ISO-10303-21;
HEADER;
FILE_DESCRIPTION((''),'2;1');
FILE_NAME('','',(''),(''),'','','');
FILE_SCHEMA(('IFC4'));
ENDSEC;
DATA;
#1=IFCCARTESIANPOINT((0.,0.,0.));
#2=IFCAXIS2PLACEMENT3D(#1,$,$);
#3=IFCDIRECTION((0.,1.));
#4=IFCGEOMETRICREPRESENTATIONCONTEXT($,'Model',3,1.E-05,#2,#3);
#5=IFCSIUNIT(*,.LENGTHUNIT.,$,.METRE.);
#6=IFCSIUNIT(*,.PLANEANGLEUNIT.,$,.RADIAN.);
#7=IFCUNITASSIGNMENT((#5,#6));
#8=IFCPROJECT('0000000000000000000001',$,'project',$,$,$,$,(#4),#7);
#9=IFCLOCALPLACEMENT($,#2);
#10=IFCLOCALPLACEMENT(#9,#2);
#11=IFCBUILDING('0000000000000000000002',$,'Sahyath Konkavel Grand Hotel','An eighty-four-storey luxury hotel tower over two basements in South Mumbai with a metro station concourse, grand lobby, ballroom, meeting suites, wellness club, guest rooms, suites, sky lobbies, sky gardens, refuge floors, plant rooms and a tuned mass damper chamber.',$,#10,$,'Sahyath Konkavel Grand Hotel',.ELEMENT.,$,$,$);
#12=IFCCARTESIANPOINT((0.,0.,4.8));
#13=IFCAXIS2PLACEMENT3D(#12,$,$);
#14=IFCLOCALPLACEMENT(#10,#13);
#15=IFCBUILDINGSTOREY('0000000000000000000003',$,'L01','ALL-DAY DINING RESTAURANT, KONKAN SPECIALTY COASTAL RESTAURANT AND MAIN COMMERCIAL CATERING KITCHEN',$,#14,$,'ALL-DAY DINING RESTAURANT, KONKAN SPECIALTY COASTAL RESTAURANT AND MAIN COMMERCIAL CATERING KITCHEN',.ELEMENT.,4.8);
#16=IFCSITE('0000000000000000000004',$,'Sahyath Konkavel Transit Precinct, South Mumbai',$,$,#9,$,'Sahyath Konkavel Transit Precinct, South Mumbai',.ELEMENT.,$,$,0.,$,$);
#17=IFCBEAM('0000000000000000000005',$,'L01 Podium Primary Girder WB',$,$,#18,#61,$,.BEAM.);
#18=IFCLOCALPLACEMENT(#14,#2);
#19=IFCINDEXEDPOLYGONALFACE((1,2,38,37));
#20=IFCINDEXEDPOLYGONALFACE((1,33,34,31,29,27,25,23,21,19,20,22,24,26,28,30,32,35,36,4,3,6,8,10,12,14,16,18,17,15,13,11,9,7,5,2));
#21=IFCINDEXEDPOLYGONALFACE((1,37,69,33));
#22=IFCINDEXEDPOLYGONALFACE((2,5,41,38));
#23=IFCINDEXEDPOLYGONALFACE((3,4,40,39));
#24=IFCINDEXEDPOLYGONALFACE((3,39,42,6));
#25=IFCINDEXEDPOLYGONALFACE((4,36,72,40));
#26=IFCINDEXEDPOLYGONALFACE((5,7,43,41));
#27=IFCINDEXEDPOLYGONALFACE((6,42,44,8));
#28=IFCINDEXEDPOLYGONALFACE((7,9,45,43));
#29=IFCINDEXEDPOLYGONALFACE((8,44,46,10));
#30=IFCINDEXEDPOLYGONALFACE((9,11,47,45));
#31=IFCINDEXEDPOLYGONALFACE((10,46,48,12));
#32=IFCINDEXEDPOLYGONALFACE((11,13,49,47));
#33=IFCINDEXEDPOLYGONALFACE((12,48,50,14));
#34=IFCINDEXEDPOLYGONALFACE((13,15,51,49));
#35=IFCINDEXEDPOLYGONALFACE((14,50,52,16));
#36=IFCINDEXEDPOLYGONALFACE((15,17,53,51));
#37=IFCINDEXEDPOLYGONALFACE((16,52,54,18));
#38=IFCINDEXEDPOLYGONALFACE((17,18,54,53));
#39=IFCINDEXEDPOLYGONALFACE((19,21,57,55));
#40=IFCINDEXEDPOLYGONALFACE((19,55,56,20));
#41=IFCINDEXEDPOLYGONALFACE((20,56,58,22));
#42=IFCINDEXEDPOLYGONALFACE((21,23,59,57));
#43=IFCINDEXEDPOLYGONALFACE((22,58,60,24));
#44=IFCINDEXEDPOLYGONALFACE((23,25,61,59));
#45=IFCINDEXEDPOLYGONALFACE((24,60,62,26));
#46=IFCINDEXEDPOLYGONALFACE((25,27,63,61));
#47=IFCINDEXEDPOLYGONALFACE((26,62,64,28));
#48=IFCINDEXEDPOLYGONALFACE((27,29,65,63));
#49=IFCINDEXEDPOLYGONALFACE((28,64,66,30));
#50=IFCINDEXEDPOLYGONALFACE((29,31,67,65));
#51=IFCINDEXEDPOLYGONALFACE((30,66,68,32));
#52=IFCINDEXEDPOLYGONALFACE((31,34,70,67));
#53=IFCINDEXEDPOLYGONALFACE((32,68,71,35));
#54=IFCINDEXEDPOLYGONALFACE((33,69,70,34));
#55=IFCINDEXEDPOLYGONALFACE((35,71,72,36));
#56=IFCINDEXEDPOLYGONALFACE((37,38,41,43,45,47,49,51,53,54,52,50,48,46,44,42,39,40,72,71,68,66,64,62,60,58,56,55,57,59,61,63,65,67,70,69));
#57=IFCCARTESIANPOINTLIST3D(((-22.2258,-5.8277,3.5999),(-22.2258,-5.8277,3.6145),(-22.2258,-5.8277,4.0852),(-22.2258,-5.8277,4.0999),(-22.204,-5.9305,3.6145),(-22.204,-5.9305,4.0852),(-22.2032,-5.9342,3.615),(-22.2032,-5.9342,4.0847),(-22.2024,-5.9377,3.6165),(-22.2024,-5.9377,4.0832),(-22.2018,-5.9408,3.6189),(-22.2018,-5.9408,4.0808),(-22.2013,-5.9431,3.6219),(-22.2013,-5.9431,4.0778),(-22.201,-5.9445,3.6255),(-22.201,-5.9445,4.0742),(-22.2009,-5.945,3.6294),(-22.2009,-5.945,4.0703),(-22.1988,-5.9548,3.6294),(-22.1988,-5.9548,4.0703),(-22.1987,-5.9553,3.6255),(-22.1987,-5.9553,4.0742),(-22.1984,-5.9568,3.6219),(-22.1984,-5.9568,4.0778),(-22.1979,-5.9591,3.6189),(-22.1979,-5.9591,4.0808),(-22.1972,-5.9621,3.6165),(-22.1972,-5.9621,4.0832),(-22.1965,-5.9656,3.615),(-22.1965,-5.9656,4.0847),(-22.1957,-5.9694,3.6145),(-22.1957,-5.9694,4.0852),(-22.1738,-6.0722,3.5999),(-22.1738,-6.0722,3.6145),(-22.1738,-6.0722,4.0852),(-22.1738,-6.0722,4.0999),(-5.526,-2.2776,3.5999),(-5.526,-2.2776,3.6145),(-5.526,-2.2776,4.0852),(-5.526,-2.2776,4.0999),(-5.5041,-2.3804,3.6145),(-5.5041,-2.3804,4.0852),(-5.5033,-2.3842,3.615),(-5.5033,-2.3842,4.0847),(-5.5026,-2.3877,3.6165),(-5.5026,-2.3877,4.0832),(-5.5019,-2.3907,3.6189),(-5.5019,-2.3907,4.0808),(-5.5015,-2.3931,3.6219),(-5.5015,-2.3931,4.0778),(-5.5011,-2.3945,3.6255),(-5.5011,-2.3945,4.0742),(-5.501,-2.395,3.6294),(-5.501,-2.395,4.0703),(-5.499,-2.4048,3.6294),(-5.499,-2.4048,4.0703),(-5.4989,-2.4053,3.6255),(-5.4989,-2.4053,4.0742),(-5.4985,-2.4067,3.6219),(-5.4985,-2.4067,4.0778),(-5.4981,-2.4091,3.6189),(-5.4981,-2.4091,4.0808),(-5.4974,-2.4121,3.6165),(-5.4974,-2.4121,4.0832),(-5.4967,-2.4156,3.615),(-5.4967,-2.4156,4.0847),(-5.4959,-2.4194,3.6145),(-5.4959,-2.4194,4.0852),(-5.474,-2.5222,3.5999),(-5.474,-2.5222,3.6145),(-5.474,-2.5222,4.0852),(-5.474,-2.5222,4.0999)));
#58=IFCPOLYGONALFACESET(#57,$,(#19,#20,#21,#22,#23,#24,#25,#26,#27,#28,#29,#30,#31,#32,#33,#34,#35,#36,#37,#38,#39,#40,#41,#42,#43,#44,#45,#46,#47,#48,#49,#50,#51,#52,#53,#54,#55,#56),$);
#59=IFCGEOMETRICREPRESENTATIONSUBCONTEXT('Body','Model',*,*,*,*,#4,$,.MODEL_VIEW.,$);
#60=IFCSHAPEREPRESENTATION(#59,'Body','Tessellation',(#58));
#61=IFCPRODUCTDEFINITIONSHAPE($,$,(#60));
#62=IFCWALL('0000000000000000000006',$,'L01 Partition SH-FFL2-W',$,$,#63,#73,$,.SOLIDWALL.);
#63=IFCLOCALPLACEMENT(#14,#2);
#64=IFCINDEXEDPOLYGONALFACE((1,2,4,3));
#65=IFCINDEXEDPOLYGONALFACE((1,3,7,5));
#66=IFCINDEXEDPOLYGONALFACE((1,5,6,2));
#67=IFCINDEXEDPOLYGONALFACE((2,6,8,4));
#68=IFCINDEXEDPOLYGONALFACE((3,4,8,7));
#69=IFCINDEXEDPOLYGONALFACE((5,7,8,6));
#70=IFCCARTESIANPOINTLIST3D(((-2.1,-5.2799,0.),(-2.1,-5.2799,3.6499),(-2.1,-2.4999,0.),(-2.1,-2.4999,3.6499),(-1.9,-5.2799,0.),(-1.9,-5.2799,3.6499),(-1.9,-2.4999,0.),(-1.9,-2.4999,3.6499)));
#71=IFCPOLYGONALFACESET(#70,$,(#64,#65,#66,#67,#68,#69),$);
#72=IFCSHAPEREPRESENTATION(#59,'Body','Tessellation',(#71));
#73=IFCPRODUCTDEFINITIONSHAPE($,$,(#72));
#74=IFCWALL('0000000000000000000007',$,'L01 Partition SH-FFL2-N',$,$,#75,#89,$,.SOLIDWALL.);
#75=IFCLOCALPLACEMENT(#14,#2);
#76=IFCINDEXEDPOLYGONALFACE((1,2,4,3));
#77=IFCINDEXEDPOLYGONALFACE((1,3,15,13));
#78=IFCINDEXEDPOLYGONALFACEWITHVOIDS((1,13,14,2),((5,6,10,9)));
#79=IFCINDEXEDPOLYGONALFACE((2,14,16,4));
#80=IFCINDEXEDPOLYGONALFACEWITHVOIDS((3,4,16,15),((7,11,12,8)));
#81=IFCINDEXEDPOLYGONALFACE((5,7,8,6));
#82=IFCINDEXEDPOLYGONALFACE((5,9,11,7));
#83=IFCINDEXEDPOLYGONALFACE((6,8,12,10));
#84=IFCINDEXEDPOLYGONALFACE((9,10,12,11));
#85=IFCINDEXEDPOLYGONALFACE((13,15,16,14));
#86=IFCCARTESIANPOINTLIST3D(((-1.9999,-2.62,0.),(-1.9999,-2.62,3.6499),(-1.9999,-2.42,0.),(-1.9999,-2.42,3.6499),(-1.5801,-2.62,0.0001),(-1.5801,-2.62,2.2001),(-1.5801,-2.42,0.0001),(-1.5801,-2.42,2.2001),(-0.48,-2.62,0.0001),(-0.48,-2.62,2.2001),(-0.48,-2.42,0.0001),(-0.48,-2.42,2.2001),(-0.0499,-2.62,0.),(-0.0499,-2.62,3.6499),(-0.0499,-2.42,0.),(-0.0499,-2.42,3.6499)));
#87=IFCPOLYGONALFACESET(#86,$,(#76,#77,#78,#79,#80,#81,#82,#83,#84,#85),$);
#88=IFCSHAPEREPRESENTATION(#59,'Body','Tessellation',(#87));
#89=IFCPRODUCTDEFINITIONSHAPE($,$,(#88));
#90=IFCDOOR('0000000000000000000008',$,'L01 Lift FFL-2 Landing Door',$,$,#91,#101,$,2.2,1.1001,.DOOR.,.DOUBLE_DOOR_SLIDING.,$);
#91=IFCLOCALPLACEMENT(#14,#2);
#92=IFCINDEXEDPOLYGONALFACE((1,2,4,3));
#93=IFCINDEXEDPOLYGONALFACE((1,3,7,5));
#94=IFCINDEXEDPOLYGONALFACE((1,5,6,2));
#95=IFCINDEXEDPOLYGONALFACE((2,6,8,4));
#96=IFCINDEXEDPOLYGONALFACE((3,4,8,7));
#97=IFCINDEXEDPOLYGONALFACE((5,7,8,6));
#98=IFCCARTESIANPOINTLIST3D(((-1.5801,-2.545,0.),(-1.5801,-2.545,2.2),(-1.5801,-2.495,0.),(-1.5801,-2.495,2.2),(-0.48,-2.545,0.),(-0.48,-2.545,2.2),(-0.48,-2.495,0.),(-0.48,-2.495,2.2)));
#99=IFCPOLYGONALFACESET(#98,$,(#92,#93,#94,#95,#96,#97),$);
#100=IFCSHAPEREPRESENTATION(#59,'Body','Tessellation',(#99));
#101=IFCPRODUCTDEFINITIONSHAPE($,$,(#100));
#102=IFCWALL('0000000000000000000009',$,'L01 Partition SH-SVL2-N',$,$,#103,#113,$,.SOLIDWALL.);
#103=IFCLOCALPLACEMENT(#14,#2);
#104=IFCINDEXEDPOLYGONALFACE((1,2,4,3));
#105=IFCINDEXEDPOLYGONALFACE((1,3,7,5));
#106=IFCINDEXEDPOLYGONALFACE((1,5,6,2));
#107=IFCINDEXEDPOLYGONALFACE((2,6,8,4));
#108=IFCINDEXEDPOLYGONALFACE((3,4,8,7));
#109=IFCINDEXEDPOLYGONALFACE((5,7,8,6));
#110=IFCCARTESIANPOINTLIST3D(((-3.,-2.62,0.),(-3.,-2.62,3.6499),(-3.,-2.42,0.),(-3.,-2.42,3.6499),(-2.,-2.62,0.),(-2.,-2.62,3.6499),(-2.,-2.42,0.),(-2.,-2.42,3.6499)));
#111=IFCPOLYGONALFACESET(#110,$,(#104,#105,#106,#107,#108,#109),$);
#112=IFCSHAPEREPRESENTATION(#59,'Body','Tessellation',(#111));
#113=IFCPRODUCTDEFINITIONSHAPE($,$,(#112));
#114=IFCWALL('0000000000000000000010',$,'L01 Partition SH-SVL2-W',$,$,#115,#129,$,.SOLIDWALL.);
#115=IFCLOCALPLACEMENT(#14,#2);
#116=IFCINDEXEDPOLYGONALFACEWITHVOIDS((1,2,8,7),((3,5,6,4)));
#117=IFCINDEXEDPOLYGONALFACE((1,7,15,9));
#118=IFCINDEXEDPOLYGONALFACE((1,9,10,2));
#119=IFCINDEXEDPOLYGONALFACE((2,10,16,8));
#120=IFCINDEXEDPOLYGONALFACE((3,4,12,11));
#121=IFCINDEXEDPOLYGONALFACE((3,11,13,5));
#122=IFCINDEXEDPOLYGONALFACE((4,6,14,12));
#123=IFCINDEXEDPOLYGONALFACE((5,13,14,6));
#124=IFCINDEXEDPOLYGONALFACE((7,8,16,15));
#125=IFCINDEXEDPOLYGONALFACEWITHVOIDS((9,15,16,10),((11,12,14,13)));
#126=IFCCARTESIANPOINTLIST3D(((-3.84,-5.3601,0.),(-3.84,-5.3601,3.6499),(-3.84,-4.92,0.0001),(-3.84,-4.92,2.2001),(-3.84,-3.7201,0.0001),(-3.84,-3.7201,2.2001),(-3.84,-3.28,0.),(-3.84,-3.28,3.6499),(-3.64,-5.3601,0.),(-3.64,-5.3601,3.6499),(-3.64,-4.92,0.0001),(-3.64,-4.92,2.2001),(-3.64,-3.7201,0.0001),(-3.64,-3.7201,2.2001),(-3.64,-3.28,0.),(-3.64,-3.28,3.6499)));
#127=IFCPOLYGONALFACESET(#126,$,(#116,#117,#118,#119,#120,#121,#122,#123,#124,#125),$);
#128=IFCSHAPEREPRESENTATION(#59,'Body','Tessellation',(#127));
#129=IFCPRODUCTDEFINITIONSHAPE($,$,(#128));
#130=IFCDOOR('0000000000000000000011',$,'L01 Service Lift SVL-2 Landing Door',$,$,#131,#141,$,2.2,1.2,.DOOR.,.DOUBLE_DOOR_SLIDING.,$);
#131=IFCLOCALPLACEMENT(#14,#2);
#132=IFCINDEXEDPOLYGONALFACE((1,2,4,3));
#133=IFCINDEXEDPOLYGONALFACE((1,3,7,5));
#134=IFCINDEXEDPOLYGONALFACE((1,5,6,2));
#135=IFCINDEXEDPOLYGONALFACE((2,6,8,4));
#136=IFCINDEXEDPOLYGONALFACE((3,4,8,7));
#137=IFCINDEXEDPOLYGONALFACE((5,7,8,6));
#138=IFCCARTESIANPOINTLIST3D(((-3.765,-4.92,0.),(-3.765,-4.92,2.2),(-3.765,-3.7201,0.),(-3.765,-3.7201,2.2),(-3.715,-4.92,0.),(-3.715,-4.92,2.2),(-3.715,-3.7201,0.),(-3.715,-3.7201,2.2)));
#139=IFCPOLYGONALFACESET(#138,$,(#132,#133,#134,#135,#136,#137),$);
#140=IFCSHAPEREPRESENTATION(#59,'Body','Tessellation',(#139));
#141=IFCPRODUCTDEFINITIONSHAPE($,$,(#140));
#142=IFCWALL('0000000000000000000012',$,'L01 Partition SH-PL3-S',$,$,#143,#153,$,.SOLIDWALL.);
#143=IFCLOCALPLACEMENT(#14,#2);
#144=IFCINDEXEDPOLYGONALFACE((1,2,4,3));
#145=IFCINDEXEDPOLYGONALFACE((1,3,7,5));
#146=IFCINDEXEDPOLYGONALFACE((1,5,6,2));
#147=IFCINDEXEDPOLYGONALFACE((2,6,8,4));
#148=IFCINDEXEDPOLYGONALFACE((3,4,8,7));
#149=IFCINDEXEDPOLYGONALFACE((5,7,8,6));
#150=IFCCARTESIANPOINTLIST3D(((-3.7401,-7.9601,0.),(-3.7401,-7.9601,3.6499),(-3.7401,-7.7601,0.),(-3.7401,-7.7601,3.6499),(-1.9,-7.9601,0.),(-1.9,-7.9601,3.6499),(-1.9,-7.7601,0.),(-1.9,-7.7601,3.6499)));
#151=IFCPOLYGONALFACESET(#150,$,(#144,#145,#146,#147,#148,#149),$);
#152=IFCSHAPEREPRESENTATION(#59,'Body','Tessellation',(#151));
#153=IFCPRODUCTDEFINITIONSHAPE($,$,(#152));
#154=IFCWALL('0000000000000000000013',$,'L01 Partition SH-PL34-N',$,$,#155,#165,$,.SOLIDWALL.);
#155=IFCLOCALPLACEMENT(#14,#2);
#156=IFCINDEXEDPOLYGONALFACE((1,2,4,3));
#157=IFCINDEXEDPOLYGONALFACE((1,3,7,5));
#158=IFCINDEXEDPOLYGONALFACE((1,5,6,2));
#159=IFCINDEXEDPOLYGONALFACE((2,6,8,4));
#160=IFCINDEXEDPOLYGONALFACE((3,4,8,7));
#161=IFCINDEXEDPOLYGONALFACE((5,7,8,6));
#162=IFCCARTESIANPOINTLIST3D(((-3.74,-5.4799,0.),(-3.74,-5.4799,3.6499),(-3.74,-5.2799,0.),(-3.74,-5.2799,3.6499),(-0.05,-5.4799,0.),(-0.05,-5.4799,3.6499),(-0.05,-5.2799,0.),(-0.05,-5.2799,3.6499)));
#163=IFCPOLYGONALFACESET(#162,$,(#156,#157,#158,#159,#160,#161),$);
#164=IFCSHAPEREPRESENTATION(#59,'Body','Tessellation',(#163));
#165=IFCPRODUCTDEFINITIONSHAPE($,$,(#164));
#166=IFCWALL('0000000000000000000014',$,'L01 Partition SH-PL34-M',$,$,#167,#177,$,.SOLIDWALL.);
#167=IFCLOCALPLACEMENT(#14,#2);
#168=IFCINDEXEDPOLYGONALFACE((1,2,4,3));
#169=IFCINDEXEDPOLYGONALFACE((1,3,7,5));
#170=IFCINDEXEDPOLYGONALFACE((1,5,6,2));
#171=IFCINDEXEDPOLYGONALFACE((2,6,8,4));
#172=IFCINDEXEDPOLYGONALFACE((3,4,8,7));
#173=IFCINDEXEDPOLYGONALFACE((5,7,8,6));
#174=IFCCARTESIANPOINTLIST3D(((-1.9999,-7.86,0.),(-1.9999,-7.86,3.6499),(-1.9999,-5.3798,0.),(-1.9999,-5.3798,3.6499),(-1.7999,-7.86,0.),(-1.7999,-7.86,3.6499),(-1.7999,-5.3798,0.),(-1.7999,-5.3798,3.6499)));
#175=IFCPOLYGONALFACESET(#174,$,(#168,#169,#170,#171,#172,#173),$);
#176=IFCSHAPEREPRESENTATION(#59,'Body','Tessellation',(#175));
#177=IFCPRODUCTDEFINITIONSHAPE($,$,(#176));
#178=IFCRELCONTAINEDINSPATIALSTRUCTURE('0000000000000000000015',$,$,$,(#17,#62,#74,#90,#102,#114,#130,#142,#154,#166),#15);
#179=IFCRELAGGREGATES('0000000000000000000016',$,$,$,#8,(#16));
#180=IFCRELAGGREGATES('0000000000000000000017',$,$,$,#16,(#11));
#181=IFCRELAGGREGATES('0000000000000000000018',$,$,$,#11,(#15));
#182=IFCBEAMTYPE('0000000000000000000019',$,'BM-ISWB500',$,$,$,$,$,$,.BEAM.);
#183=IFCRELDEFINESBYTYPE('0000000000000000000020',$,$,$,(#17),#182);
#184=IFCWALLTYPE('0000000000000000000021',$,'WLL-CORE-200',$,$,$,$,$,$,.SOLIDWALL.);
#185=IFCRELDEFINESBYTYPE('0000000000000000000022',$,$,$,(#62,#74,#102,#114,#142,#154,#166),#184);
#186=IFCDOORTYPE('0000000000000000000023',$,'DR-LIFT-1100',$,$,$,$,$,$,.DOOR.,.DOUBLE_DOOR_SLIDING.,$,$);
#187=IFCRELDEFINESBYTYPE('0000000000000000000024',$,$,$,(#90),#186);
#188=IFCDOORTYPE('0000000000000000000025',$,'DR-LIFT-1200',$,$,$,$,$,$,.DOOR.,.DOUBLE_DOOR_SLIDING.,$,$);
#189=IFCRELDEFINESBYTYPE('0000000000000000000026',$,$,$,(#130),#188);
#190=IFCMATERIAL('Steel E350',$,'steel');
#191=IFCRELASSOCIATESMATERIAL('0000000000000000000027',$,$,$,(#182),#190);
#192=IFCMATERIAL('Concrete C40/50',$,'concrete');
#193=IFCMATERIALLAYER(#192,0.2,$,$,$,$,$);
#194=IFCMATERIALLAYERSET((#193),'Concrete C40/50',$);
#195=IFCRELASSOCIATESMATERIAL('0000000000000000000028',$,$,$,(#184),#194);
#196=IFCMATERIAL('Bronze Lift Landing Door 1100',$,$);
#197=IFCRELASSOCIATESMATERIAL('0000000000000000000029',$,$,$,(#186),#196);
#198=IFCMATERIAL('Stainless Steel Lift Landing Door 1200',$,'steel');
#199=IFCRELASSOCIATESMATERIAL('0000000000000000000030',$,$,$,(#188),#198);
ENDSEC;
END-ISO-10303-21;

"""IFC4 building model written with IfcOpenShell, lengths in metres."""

from ifc_helpers import new_model, si_unit, direction, frame, frame_2d, origin, origin_2d, place, context, subcontext, project, spatial, rectangle, i_section, extrude, source, transform, mapped, material, layer, layer_set, material_profile, profile_set, type_object, element, fill, save


model = new_model("IFC4")

# Units and contexts
model_context = context("Model", 3, precision=1e-05, world=origin(), true_north=direction((0.0, 1.0)))
body_context = subcontext(model_context, "Body", "Model", "MODEL_VIEW")
ifc_project = project(units=[si_unit("LENGTHUNIT", "METRE"), si_unit("PLANEANGLEUNIT", "RADIAN")], contexts=[model_context])

# Site, building, storey
site_placement = place(None, origin())
site = spatial("IfcSite", under=ifc_project, at=site_placement, Name="Sahyath Konkavel Transit Precinct, South Mumbai", LongName="Sahyath Konkavel Transit Precinct, South Mumbai", CompositionType="ELEMENT", RefElevation=0.0)
building_placement = place(site_placement, origin())
building = spatial("IfcBuilding", under=site, at=building_placement, Name="Sahyath Konkavel Grand Hotel", Description="An eighty-four-storey luxury hotel tower over two basements in South Mumbai with a metro station concourse, grand lobby, ballroom, meeting suites, wellness club, guest rooms, suites, sky lobbies, sky gardens, refuge floors, plant rooms and a tuned mass damper chamber.", LongName="Sahyath Konkavel Grand Hotel", CompositionType="ELEMENT")
storey_placement = place(building_placement, frame((0.0, 0.0, 4.8)))
storey = spatial("IfcBuildingStorey", under=building, at=storey_placement, Name="L01", Description="ALL-DAY DINING RESTAURANT, KONKAN SPECIALTY COASTAL RESTAURANT AND MAIN COMMERCIAL CATERING KITCHEN", LongName="ALL-DAY DINING RESTAURANT, KONKAN SPECIALTY COASTAL RESTAURANT AND MAIN COMMERCIAL CATERING KITCHEN", CompositionType="ELEMENT", Elevation=4.8)

# Beam
ifc_material_1 = material(Name="Steel E350", Category="steel")
ifc_material_profile_1 = material_profile(ifc_material_1, i_section(OverallWidth=0.25, OverallDepth=0.5, WebThickness=0.01, FlangeThickness=0.0146, FilletRadius=0.0149, at=origin_2d()), Name="ISWB 500")
ifc_profile_set_1 = profile_set([ifc_material_profile_1], Name="Steel E350")
beam_type_1 = type_object("IfcBeamType", Name="BM-ISWB500", PredefinedType="BEAM", material=ifc_profile_set_1)
shared_shape_1 = source(origin(), body_context, "Body", "SweptSolid", [
    extrude(i_section(OverallWidth=0.25, OverallDepth=0.5, WebThickness=0.01, FlangeThickness=0.0146, FilletRadius=0.0149, at=origin_2d()), origin(), (0.0, 0.0, 1.0), 17.073),
])
beam_1_placement = place(storey_placement, frame((-5.5, -2.3999, 3.8499), z_axis=(-0.978143, -0.207932, 0.0), x_axis=(0.207932, -0.978143, 0.0)))
element("IfcBeam", 1, at=beam_1_placement, inside=storey, type_object=beam_type_1, Name="L01 Podium Primary Girder WB", PredefinedType="BEAM", context=body_context, shape_type="MappedRepresentation", body=[
    mapped(shared_shape_1, transform((0.0, 0.0, 0.0), scale=1.0)),
])

# Wall
ifc_material_2 = material(Name="Concrete C40/50", Category="concrete")
ifc_layer = layer(ifc_material_2, 0.2)
ifc_layer_set = layer_set([ifc_layer], Name="Concrete C40/50")
wall_type = type_object("IfcWallType", Name="WLL-CORE-200", PredefinedType="SOLIDWALL", material=ifc_layer_set)
wall_1_placement = place(storey_placement, frame((-2.0, -5.28, 0.0), z_axis=(0.0, 0.0, 1.0), x_axis=(0.0, 1.0, 0.0)))
element("IfcWall", 2, at=wall_1_placement, inside=storey, type_object=wall_type, Name="L01 Partition SH-FFL2-W", PredefinedType="SOLIDWALL", context=body_context, shape_type="SweptSolid", body=[
    extrude(rectangle(XDim=2.78, YDim=0.2, at=frame_2d((1.3901, 0.0))), origin(), (0.0, 0.0, 1.0), 3.6499),
])

# Wall, opening, door
wall_2_placement = place(storey_placement, frame((-2.0, -2.52, 0.0), z_axis=(0.0, 0.0, 1.0), x_axis=(1.0, 0.0, 0.0)))
wall_2 = element("IfcWall", 3, at=wall_2_placement, inside=storey, type_object=wall_type, Name="L01 Partition SH-FFL2-N", PredefinedType="SOLIDWALL", context=body_context, shape_type="SweptSolid", body=[
    extrude(rectangle(XDim=1.95, YDim=0.2, at=frame_2d((0.9751, 0.0))), origin(), (0.0, 0.0, 1.0), 3.6499),
])
opening_1_placement = place(wall_2_placement, frame((0.4199, 0.0, 0.0)))
opening_1 = element("IfcOpeningElement", 4, at=opening_1_placement, cuts=wall_2, PredefinedType="OPENING", context=body_context, shape_type="SweptSolid", body=[
    extrude(rectangle(XDim=1.1001, YDim=2.2, at=frame_2d((0.55, 1.1001))), frame((0.0, 0.1099, 0.0), z_axis=(0.0, -1.0, 0.0), x_axis=(1.0, 0.0, 0.0)), (0.0, 0.0, 1.0), 0.22),
])
ifc_material_3 = material(Name="Bronze Lift Landing Door 1100")
door_type_1 = type_object("IfcDoorType", Name="DR-LIFT-1100", OperationType="DOUBLE_DOOR_SLIDING", PredefinedType="DOOR", material=ifc_material_3)
shared_shape_2 = source(origin(), body_context, "Body", "SweptSolid", [
    extrude(rectangle(XDim=1.1001, YDim=0.05, at=origin_2d()), origin(), (0.0, 0.0, 1.0), 2.2),
])
door_1_placement = place(opening_1_placement, frame((0.55, 0.0, 0.0)))
door_1 = element("IfcDoor", 5, at=door_1_placement, inside=storey, type_object=door_type_1, Name="L01 Lift FFL-2 Landing Door", OperationType="DOUBLE_DOOR_SLIDING", OverallHeight=2.2, OverallWidth=1.1001, PredefinedType="DOOR", context=body_context, shape_type="MappedRepresentation", body=[
    mapped(shared_shape_2, transform((0.0, 0.0, 0.0), scale=1.0)),
])
fill(opening_1, door_1)

# Wall
wall_3_placement = place(storey_placement, frame((-3.0, -2.52, 0.0), z_axis=(0.0, 0.0, 1.0), x_axis=(1.0, 0.0, 0.0)))
element("IfcWall", 6, at=wall_3_placement, inside=storey, type_object=wall_type, Name="L01 Partition SH-SVL2-N", PredefinedType="SOLIDWALL", context=body_context, shape_type="SweptSolid", body=[
    extrude(rectangle(XDim=1.0, YDim=0.2, at=frame_2d((0.5, 0.0))), origin(), (0.0, 0.0, 1.0), 3.6499),
])

# Wall, opening, door
wall_4_placement = place(storey_placement, frame((-3.74, -5.3601, 0.0), z_axis=(0.0, 0.0, 1.0), x_axis=(0.0, 1.0, 0.0)))
wall_4 = element("IfcWall", 7, at=wall_4_placement, inside=storey, type_object=wall_type, Name="L01 Partition SH-SVL2-W", PredefinedType="SOLIDWALL", context=body_context, shape_type="SweptSolid", body=[
    extrude(rectangle(XDim=2.0801, YDim=0.2, at=frame_2d((1.04, 0.0))), origin(), (0.0, 0.0, 1.0), 3.6499),
])
opening_2_placement = place(wall_4_placement, frame((0.4399, 0.0, 0.0)))
opening_2 = element("IfcOpeningElement", 8, at=opening_2_placement, cuts=wall_4, PredefinedType="OPENING", context=body_context, shape_type="SweptSolid", body=[
    extrude(rectangle(XDim=1.2, YDim=2.2, at=frame_2d((0.6001, 1.1001))), frame((0.0, 0.1099, 0.0), z_axis=(0.0, -1.0, 0.0), x_axis=(1.0, 0.0, 0.0)), (0.0, 0.0, 1.0), 0.22),
])
ifc_material_4 = material(Name="Stainless Steel Lift Landing Door 1200", Category="steel")
door_type_2 = type_object("IfcDoorType", Name="DR-LIFT-1200", OperationType="DOUBLE_DOOR_SLIDING", PredefinedType="DOOR", material=ifc_material_4)
shared_shape_3 = source(origin(), body_context, "Body", "SweptSolid", [
    extrude(rectangle(XDim=1.2, YDim=0.05, at=origin_2d()), origin(), (0.0, 0.0, 1.0), 2.2),
])
door_2_placement = place(opening_2_placement, frame((0.6001, 0.0, 0.0)))
door_2 = element("IfcDoor", 9, at=door_2_placement, inside=storey, type_object=door_type_2, Name="L01 Service Lift SVL-2 Landing Door", OperationType="DOUBLE_DOOR_SLIDING", OverallHeight=2.2, OverallWidth=1.2, PredefinedType="DOOR", context=body_context, shape_type="MappedRepresentation", body=[
    mapped(shared_shape_3, transform((0.0, 0.0, 0.0), scale=1.0)),
])
fill(opening_2, door_2)

# Walls
wall_5_placement = place(storey_placement, frame((-3.74, -7.8601, 0.0), z_axis=(0.0, 0.0, 1.0), x_axis=(1.0, 0.0, 0.0)))
element("IfcWall", 10, at=wall_5_placement, inside=storey, type_object=wall_type, Name="L01 Partition SH-PL3-S", PredefinedType="SOLIDWALL", context=body_context, shape_type="SweptSolid", body=[
    extrude(rectangle(XDim=1.8401, YDim=0.2, at=frame_2d((0.9199, 0.0))), origin(), (0.0, 0.0, 1.0), 3.6499),
])
wall_6_placement = place(storey_placement, frame((-3.74, -5.3799, 0.0), z_axis=(0.0, 0.0, 1.0), x_axis=(1.0, 0.0, 0.0)))
element("IfcWall", 11, at=wall_6_placement, inside=storey, type_object=wall_type, Name="L01 Partition SH-PL34-N", PredefinedType="SOLIDWALL", context=body_context, shape_type="SweptSolid", body=[
    extrude(rectangle(XDim=3.6899, YDim=0.2, at=frame_2d((1.845, 0.0))), origin(), (0.0, 0.0, 1.0), 3.6499),
])
wall_7_placement = place(storey_placement, frame((-1.8999, -7.8601, 0.0), z_axis=(0.0, 0.0, 1.0), x_axis=(0.0, 1.0, 0.0)))
element("IfcWall", 12, at=wall_7_placement, inside=storey, type_object=wall_type, Name="L01 Partition SH-PL34-M", PredefinedType="SOLIDWALL", context=body_context, shape_type="SweptSolid", body=[
    extrude(rectangle(XDim=2.4802, YDim=0.2, at=frame_2d((1.2402, 0.0))), origin(), (0.0, 0.0, 1.0), 3.6499),
])

save(model, "model.ifc")
